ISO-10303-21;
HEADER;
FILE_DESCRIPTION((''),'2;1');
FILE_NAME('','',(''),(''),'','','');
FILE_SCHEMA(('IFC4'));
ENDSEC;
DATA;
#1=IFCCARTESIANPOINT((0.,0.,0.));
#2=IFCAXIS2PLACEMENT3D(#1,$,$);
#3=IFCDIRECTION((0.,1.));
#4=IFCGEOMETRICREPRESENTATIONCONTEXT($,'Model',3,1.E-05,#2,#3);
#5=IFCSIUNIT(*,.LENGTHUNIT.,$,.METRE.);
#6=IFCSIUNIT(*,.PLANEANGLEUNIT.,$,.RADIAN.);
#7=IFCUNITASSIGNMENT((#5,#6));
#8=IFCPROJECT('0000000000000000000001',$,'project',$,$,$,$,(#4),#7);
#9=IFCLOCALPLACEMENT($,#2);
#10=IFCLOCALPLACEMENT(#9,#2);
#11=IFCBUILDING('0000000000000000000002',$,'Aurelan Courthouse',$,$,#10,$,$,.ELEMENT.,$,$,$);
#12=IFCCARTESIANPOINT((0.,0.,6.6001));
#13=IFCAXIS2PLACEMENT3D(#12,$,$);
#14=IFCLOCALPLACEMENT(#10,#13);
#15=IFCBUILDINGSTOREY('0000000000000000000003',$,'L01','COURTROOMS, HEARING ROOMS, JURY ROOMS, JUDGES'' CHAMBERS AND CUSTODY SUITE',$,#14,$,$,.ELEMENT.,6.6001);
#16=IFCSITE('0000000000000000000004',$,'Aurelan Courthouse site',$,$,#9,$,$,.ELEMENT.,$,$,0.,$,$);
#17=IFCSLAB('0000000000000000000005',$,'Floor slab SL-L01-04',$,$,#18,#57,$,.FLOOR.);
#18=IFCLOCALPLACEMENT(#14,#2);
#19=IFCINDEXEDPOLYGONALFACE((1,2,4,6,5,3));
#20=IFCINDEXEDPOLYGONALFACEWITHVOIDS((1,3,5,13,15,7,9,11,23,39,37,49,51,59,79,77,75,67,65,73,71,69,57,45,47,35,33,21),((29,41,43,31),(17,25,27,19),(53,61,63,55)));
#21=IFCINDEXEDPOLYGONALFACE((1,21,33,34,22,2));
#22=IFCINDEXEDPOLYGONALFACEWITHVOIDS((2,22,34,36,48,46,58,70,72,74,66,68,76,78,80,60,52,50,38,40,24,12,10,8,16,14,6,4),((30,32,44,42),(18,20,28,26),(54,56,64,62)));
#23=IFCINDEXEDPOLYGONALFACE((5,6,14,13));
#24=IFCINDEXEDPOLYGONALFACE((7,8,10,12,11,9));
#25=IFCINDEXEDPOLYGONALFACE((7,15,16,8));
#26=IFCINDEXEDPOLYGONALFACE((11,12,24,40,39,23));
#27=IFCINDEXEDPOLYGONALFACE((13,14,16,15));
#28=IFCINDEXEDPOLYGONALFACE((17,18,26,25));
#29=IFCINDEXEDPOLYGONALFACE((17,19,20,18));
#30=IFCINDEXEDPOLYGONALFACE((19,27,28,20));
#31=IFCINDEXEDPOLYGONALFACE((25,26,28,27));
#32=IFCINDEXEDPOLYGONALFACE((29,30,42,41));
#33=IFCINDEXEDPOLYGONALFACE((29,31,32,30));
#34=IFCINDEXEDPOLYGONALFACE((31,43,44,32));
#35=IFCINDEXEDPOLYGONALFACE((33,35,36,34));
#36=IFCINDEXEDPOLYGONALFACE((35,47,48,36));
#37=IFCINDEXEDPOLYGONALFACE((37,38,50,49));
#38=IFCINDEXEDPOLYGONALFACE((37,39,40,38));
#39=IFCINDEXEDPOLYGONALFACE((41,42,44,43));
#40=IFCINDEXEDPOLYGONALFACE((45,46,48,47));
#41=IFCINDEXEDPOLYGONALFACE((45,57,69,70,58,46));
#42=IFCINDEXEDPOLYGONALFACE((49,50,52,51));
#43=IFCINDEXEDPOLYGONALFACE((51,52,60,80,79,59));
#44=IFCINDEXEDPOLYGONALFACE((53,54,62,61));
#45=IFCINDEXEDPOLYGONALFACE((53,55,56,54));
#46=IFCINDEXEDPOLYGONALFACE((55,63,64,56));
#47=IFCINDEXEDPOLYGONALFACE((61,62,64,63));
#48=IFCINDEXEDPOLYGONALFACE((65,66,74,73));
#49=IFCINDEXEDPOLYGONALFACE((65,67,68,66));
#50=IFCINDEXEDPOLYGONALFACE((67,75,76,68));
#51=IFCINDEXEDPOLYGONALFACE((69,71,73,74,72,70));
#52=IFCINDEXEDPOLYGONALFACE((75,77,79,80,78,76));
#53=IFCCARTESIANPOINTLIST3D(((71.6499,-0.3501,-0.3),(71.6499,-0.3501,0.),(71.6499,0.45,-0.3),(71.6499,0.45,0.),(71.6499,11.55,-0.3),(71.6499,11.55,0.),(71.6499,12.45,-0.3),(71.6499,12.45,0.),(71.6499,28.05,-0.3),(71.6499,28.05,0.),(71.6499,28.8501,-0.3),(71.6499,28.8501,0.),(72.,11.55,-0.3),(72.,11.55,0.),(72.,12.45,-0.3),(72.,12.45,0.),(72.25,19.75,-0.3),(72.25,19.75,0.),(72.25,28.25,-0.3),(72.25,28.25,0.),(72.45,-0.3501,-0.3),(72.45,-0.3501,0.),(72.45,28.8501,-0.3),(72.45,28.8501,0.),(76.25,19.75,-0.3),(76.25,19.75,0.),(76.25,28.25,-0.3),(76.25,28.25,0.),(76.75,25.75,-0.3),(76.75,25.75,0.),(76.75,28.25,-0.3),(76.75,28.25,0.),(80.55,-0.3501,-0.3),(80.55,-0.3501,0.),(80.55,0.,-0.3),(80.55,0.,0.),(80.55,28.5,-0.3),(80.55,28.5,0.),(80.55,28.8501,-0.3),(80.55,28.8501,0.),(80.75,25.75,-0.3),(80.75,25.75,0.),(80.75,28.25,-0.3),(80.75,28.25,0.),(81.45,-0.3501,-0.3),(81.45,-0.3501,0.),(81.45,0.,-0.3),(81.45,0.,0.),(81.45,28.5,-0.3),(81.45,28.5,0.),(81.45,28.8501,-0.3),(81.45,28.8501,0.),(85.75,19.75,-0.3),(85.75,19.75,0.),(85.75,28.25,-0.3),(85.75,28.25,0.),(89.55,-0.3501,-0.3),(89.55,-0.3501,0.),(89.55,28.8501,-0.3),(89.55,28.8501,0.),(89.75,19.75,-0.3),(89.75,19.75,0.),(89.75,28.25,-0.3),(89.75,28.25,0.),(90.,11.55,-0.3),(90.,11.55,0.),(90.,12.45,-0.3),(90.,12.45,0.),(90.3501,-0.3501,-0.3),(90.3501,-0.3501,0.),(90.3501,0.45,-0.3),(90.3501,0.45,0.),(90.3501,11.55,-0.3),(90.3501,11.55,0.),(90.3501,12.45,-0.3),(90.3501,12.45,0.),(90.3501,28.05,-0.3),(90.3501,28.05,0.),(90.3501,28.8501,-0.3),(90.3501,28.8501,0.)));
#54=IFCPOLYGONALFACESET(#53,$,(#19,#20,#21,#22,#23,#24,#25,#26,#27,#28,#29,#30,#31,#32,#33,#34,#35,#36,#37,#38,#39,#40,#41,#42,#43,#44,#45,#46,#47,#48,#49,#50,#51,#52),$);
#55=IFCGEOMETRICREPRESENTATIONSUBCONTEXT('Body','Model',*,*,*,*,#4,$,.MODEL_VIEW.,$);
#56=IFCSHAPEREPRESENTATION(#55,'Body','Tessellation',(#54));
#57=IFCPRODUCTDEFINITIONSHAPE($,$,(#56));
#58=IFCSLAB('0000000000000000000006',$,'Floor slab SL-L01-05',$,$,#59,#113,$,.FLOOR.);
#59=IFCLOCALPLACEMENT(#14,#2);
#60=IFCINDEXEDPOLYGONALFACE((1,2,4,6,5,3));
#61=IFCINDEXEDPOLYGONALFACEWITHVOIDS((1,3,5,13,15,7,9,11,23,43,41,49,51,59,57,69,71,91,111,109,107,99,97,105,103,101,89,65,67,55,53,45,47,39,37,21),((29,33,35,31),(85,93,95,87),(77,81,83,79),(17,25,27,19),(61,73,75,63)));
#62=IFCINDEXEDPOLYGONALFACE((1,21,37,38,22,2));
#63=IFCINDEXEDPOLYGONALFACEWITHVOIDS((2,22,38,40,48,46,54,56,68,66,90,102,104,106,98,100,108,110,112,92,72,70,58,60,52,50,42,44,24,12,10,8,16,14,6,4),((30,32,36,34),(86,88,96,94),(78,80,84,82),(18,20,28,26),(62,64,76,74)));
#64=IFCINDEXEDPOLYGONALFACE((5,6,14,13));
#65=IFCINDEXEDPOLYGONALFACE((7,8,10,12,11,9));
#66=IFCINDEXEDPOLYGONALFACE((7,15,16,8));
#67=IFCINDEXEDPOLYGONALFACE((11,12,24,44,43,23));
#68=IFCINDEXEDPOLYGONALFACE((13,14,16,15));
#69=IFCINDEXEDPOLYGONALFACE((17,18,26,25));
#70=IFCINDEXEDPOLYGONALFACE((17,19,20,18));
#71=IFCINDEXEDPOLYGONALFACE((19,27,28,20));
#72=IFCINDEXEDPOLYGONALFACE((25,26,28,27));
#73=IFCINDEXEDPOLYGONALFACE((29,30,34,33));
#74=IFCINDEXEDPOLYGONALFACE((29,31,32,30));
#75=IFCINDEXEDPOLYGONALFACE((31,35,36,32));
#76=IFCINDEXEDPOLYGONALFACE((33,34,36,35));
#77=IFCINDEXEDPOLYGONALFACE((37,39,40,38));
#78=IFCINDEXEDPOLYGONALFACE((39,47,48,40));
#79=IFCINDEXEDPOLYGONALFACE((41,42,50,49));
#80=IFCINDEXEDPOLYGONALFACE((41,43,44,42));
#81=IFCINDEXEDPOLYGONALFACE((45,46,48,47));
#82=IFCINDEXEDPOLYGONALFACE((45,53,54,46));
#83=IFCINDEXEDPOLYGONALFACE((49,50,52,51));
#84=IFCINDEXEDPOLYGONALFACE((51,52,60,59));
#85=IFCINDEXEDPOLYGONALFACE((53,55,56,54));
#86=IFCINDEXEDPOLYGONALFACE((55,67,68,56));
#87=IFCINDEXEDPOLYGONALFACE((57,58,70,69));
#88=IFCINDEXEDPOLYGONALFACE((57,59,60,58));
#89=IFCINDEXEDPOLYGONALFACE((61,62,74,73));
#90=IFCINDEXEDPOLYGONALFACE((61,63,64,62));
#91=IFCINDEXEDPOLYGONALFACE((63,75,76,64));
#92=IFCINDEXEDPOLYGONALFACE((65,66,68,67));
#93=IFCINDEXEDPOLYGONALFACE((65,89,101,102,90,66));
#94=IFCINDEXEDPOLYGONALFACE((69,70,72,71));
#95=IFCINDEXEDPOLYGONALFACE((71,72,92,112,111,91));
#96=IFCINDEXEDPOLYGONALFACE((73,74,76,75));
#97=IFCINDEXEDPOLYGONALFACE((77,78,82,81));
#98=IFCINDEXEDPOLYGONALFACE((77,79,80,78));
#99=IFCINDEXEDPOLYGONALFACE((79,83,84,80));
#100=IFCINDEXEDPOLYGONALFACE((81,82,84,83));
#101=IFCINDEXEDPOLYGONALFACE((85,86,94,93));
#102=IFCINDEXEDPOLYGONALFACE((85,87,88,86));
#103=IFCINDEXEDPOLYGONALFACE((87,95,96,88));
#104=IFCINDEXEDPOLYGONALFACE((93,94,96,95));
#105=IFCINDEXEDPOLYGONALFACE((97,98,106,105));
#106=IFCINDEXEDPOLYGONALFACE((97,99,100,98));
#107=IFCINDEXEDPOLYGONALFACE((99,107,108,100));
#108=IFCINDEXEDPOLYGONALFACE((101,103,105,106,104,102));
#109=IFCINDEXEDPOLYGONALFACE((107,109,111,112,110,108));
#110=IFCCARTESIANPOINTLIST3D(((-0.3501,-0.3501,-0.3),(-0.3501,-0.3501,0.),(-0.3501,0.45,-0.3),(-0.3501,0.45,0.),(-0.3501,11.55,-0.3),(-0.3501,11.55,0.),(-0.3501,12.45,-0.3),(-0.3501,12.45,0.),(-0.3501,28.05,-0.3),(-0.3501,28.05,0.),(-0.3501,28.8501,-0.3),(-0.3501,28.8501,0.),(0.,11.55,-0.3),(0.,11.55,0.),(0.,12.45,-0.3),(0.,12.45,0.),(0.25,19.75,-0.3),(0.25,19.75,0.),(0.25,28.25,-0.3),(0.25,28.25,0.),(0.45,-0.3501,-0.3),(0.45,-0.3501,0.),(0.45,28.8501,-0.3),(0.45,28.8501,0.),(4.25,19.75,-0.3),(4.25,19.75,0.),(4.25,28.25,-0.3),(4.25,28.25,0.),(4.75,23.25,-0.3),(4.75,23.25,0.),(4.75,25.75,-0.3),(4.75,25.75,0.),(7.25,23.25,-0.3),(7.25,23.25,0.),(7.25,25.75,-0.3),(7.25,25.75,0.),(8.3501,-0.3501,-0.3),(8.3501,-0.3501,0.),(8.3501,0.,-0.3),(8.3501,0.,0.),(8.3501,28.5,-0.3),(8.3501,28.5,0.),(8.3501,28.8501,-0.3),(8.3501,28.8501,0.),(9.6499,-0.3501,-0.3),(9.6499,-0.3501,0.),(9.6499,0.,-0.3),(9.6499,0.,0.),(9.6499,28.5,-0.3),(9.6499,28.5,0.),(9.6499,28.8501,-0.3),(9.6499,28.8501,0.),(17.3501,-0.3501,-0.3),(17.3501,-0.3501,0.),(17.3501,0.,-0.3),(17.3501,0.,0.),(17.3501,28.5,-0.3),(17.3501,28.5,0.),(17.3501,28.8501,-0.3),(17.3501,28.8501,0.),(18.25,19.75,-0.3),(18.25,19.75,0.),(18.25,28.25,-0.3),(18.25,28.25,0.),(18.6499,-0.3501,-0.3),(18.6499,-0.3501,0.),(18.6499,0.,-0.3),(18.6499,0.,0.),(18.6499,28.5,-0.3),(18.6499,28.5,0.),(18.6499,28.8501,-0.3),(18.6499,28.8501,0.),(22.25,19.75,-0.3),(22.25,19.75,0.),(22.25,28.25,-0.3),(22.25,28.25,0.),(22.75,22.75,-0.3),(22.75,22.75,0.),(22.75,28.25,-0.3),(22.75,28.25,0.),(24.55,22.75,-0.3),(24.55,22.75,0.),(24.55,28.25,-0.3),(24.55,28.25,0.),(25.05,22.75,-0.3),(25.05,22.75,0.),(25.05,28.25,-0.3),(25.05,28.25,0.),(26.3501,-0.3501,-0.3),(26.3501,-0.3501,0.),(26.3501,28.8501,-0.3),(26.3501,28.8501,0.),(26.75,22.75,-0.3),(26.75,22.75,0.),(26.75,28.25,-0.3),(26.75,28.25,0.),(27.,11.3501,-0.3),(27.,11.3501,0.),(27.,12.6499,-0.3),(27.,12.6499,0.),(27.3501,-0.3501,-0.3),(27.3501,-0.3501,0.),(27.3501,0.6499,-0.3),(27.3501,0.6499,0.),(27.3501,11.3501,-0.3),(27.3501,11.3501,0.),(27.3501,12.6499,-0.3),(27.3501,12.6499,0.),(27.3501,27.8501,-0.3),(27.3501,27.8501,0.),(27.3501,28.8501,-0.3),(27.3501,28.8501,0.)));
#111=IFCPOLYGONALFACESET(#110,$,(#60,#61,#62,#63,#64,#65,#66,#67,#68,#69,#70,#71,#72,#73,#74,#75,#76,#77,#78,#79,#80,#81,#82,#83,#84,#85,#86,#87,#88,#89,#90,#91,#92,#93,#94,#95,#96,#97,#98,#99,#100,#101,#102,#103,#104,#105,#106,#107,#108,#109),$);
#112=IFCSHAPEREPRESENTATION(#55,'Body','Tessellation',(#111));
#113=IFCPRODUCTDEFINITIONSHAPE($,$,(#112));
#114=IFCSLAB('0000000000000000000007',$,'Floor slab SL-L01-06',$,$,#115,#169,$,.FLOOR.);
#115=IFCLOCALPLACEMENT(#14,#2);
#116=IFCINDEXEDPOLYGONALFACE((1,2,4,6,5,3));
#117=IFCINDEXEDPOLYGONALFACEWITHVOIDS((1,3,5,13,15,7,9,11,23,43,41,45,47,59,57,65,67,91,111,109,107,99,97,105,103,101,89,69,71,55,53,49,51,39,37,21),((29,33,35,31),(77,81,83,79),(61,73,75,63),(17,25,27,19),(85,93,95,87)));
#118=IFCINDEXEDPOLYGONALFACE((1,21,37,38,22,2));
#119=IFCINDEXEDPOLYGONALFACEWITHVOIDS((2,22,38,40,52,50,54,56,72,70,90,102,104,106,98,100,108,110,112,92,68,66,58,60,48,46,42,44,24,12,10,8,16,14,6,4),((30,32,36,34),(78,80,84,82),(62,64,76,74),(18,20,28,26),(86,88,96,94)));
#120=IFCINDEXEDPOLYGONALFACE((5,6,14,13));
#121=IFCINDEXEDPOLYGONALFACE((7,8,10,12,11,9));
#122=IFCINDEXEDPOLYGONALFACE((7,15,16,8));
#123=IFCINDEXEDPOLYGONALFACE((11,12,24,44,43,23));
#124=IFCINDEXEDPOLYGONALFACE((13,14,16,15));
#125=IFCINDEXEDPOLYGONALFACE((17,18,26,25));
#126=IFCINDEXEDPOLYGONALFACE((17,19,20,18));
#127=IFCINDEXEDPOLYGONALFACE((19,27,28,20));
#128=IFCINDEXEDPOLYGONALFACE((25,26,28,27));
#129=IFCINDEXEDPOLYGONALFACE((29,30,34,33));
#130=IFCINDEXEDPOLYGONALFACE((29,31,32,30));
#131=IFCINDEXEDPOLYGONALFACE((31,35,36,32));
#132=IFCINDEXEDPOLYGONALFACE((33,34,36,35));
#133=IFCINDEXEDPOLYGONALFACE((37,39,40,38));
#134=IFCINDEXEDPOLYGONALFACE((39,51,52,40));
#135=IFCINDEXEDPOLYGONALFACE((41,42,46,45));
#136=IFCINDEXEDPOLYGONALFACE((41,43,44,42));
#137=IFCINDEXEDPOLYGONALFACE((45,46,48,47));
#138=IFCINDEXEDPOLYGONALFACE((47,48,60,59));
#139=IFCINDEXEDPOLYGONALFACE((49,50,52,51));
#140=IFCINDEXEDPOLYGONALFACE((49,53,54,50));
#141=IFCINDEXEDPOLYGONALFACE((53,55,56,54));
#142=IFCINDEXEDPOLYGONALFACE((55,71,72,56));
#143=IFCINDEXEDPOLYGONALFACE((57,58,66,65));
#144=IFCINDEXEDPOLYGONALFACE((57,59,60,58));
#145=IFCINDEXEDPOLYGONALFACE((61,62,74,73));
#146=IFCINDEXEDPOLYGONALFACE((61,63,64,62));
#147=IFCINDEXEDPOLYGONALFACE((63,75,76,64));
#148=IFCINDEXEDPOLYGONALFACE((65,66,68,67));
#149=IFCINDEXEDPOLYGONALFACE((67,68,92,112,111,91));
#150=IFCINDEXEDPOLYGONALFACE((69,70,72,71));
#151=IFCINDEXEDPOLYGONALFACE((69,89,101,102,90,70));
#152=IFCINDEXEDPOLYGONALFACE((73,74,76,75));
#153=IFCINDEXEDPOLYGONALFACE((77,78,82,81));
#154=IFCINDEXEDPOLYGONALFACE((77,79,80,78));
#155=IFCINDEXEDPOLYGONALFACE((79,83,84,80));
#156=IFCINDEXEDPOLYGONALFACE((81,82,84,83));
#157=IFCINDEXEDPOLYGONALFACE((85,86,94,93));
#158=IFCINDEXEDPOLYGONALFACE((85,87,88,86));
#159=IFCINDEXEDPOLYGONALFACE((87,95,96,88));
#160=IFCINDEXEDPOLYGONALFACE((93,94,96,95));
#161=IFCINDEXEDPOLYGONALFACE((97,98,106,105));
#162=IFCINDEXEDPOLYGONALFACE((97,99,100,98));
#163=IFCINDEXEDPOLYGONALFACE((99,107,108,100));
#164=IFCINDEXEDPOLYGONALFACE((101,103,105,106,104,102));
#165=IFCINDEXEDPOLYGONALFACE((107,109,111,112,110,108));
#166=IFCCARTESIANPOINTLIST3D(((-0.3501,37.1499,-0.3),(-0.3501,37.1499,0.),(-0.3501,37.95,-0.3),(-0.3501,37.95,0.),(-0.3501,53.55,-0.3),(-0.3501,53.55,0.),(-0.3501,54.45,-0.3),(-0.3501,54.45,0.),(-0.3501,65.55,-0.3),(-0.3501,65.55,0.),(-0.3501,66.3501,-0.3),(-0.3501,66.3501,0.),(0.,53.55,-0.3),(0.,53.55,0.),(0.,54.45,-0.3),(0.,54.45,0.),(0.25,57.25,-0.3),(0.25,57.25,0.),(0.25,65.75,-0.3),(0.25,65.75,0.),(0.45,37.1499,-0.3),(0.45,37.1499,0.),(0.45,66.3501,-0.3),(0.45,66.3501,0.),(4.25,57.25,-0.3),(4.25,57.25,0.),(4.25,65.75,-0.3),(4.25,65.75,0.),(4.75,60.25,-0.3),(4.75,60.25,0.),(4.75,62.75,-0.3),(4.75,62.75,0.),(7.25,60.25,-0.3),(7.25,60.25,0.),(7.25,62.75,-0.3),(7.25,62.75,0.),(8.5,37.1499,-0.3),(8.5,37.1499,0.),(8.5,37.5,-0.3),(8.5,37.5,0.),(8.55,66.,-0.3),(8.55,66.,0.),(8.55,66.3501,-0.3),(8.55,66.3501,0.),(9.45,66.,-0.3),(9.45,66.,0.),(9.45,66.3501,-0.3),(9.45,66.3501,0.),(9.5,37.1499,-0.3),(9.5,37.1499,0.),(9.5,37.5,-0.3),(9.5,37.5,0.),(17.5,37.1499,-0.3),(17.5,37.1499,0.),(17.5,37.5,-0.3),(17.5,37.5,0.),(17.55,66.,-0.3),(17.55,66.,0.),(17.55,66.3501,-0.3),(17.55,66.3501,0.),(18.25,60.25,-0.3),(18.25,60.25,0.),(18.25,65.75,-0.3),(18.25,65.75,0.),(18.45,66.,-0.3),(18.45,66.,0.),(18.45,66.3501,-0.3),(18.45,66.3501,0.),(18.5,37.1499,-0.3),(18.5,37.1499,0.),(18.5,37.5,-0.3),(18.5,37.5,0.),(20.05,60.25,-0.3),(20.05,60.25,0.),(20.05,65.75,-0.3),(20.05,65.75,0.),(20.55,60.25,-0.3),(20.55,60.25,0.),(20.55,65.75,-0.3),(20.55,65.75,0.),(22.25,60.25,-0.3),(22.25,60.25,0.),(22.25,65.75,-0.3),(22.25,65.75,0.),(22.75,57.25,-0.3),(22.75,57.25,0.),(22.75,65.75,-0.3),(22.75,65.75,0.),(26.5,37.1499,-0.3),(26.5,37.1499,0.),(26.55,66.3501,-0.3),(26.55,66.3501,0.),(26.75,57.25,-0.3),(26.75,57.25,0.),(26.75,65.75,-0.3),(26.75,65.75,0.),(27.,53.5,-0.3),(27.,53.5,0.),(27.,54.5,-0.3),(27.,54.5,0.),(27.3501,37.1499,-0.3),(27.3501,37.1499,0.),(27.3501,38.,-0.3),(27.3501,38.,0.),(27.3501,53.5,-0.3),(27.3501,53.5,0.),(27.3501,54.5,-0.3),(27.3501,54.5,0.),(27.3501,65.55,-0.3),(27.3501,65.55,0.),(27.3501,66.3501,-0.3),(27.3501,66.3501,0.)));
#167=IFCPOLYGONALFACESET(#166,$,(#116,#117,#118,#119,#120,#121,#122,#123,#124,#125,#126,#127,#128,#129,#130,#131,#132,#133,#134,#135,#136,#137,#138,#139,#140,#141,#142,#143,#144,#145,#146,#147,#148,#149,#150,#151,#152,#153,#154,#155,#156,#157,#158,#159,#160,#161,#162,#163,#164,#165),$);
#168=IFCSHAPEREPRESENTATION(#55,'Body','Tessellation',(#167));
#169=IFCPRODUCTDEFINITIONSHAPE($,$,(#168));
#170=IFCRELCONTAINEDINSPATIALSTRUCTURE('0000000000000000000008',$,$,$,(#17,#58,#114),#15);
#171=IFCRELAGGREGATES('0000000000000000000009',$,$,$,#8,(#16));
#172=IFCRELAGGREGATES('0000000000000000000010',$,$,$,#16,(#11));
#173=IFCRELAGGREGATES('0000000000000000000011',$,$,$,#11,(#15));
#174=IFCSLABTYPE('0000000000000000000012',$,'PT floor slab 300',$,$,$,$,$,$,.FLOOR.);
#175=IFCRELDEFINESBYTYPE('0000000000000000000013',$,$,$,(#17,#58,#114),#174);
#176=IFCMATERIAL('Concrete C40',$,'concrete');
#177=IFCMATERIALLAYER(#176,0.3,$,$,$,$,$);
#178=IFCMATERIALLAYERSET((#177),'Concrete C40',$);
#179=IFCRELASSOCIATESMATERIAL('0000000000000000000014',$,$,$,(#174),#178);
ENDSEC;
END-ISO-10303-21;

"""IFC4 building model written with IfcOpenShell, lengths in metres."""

from ifc_helpers import new_model, si_unit, direction, frame, origin, place, context, subcontext, project, spatial, polyline, outline, extrude, material, layer, layer_set, type_object, element, save


model = new_model("IFC4")

# Units and contexts
model_context = context("Model", 3, precision=1e-05, world=origin(), true_north=direction((0.0, 1.0)))
body_context = subcontext(model_context, "Body", "Model", "MODEL_VIEW")
ifc_project = project(units=[si_unit("LENGTHUNIT", "METRE"), si_unit("PLANEANGLEUNIT", "RADIAN")], contexts=[model_context])

# Site, building, storey
site_placement = place(None, origin())
site = spatial("IfcSite", under=ifc_project, at=site_placement, Name="Aurelan Courthouse site", CompositionType="ELEMENT", RefElevation=0.0)
building_placement = place(site_placement, origin())
building = spatial("IfcBuilding", under=site, at=building_placement, Name="Aurelan Courthouse", CompositionType="ELEMENT")
storey_placement = place(building_placement, frame((0.0, 0.0, 6.6001)))
storey = spatial("IfcBuildingStorey", under=building, at=storey_placement, Name="L01", Description="COURTROOMS, HEARING ROOMS, JURY ROOMS, JUDGES' CHAMBERS AND CUSTODY SUITE", CompositionType="ELEMENT", Elevation=6.6001)

# Slabs
ifc_material_1 = material(Name="Concrete C40", Category="concrete")
ifc_layer_1 = layer(ifc_material_1, 0.3)
ifc_layer_set_1 = layer_set([ifc_layer_1], Name="Concrete C40")
slab_type_1 = type_object("IfcSlabType", Name="PT floor slab 300", PredefinedType="FLOOR", material=ifc_layer_set_1)
slab_1_placement = place(storey_placement, frame((0.0, 0.0, -0.3)))
element("IfcSlab", 1, at=slab_1_placement, inside=storey, type_object=slab_type_1, Name="Floor slab SL-L01-04", PredefinedType="FLOOR", context=body_context, shape_type="SweptSolid", body=[
    extrude(outline(polyline([(71.6499, 11.55), (71.6499, 0.45), (71.6499, -0.3501), (72.45, -0.3501), (80.55, -0.3501), (80.55, 0.0), (81.45, 0.0), (81.45, -0.3501), (89.55, -0.3501), (90.3501, -0.3501), (90.3501, 0.45), (90.3501, 11.55), (90.0, 11.55), (90.0, 12.45), (90.3501, 12.45), (90.3501, 28.05), (90.3501, 28.8501), (89.55, 28.8501), (81.45, 28.8501), (81.45, 28.5), (80.55, 28.5), (80.55, 28.8501), (72.45, 28.8501), (71.6499, 28.8501), (71.6499, 28.05), (71.6499, 12.45), (72.0, 12.45), (72.0, 11.55), (71.6499, 11.55)]), holes=[polyline([(85.75, 28.25), (89.75, 28.25), (89.75, 19.75), (85.75, 19.75), (85.75, 28.25)]), polyline([(80.75, 28.25), (80.75, 25.75), (76.75, 25.75), (76.75, 28.25), (80.75, 28.25)]), polyline([(72.25, 19.75), (72.25, 28.25), (76.25, 28.25), (76.25, 19.75), (72.25, 19.75)])]), origin(), (0.0, 0.0, 1.0), 0.3),
])
slab_2_placement = place(storey_placement, frame((0.0, 0.0, -0.3)))
element("IfcSlab", 2, at=slab_2_placement, inside=storey, type_object=slab_type_1, Name="Floor slab SL-L01-05", PredefinedType="FLOOR", context=body_context, shape_type="SweptSolid", body=[
    extrude(outline(polyline([(0.0, 12.45), (0.0, 11.55), (-0.3501, 11.55), (-0.3501, 0.45), (-0.3501, -0.3501), (0.45, -0.3501), (8.3501, -0.3501), (8.3501, 0.0), (9.6499, 0.0), (9.6499, -0.3501), (17.3501, -0.3501), (17.3501, 0.0), (18.6499, 0.0), (18.6499, -0.3501), (26.3501, -0.3501), (27.3501, -0.3501), (27.3501, 0.6499), (27.3501, 11.3501), (27.0, 11.3501), (27.0, 12.6499), (27.3501, 12.6499), (27.3501, 27.8501), (27.3501, 28.8501), (26.3501, 28.8501), (18.6499, 28.8501), (18.6499, 28.5), (17.3501, 28.5), (17.3501, 28.8501), (9.6499, 28.8501), (9.6499, 28.5), (8.3501, 28.5), (8.3501, 28.8501), (0.45, 28.8501), (-0.3501, 28.8501), (-0.3501, 28.05), (-0.3501, 12.45), (0.0, 12.45)]), holes=[polyline([(26.75, 28.25), (26.75, 22.75), (25.05, 22.75), (25.05, 28.25), (26.75, 28.25)]), polyline([(22.75, 28.25), (24.55, 28.25), (24.55, 22.75), (22.75, 22.75), (22.75, 28.25)]), polyline([(22.25, 28.25), (22.25, 19.75), (18.25, 19.75), (18.25, 28.25), (22.25, 28.25)]), polyline([(4.75, 23.25), (4.75, 25.75), (7.25, 25.75), (7.25, 23.25), (4.75, 23.25)]), polyline([(4.25, 19.75), (0.25, 19.75), (0.25, 28.25), (4.25, 28.25), (4.25, 19.75)])]), origin(), (0.0, 0.0, 1.0), 0.3),
])
slab_3_placement = place(storey_placement, frame((0.0, 0.0, -0.3)))
element("IfcSlab", 3, at=slab_3_placement, inside=storey, type_object=slab_type_1, Name="Floor slab SL-L01-06", PredefinedType="FLOOR", context=body_context, shape_type="SweptSolid", body=[
    extrude(outline(polyline([(0.0, 54.45), (0.0, 53.55), (-0.3501, 53.55), (-0.3501, 37.95), (-0.3501, 37.1499), (0.45, 37.1499), (8.5, 37.1499), (8.5, 37.5), (9.5, 37.5), (9.5, 37.1499), (17.5, 37.1499), (17.5, 37.5), (18.5, 37.5), (18.5, 37.1499), (26.5, 37.1499), (27.3501, 37.1499), (27.3501, 38.0), (27.3501, 53.5), (27.0, 53.5), (27.0, 54.5), (27.3501, 54.5), (27.3501, 65.55), (27.3501, 66.3501), (26.55, 66.3501), (18.45, 66.3501), (18.45, 66.0), (17.55, 66.0), (17.55, 66.3501), (9.45, 66.3501), (9.45, 66.0), (8.55, 66.0), (8.55, 66.3501), (0.45, 66.3501), (-0.3501, 66.3501), (-0.3501, 65.55), (-0.3501, 54.45), (0.0, 54.45)]), holes=[polyline([(26.75, 65.75), (26.75, 57.25), (22.75, 57.25), (22.75, 65.75), (26.75, 65.75)]), polyline([(20.55, 65.75), (22.25, 65.75), (22.25, 60.25), (20.55, 60.25), (20.55, 65.75)]), polyline([(18.25, 60.25), (18.25, 65.75), (20.05, 65.75), (20.05, 60.25), (18.25, 60.25)]), polyline([(7.25, 62.75), (7.25, 60.25), (4.75, 60.25), (4.75, 62.75), (7.25, 62.75)]), polyline([(4.25, 57.25), (0.25, 57.25), (0.25, 65.75), (4.25, 65.75), (4.25, 57.25)])]), origin(), (0.0, 0.0, 1.0), 0.3),
])

save(model, "model.ifc")
